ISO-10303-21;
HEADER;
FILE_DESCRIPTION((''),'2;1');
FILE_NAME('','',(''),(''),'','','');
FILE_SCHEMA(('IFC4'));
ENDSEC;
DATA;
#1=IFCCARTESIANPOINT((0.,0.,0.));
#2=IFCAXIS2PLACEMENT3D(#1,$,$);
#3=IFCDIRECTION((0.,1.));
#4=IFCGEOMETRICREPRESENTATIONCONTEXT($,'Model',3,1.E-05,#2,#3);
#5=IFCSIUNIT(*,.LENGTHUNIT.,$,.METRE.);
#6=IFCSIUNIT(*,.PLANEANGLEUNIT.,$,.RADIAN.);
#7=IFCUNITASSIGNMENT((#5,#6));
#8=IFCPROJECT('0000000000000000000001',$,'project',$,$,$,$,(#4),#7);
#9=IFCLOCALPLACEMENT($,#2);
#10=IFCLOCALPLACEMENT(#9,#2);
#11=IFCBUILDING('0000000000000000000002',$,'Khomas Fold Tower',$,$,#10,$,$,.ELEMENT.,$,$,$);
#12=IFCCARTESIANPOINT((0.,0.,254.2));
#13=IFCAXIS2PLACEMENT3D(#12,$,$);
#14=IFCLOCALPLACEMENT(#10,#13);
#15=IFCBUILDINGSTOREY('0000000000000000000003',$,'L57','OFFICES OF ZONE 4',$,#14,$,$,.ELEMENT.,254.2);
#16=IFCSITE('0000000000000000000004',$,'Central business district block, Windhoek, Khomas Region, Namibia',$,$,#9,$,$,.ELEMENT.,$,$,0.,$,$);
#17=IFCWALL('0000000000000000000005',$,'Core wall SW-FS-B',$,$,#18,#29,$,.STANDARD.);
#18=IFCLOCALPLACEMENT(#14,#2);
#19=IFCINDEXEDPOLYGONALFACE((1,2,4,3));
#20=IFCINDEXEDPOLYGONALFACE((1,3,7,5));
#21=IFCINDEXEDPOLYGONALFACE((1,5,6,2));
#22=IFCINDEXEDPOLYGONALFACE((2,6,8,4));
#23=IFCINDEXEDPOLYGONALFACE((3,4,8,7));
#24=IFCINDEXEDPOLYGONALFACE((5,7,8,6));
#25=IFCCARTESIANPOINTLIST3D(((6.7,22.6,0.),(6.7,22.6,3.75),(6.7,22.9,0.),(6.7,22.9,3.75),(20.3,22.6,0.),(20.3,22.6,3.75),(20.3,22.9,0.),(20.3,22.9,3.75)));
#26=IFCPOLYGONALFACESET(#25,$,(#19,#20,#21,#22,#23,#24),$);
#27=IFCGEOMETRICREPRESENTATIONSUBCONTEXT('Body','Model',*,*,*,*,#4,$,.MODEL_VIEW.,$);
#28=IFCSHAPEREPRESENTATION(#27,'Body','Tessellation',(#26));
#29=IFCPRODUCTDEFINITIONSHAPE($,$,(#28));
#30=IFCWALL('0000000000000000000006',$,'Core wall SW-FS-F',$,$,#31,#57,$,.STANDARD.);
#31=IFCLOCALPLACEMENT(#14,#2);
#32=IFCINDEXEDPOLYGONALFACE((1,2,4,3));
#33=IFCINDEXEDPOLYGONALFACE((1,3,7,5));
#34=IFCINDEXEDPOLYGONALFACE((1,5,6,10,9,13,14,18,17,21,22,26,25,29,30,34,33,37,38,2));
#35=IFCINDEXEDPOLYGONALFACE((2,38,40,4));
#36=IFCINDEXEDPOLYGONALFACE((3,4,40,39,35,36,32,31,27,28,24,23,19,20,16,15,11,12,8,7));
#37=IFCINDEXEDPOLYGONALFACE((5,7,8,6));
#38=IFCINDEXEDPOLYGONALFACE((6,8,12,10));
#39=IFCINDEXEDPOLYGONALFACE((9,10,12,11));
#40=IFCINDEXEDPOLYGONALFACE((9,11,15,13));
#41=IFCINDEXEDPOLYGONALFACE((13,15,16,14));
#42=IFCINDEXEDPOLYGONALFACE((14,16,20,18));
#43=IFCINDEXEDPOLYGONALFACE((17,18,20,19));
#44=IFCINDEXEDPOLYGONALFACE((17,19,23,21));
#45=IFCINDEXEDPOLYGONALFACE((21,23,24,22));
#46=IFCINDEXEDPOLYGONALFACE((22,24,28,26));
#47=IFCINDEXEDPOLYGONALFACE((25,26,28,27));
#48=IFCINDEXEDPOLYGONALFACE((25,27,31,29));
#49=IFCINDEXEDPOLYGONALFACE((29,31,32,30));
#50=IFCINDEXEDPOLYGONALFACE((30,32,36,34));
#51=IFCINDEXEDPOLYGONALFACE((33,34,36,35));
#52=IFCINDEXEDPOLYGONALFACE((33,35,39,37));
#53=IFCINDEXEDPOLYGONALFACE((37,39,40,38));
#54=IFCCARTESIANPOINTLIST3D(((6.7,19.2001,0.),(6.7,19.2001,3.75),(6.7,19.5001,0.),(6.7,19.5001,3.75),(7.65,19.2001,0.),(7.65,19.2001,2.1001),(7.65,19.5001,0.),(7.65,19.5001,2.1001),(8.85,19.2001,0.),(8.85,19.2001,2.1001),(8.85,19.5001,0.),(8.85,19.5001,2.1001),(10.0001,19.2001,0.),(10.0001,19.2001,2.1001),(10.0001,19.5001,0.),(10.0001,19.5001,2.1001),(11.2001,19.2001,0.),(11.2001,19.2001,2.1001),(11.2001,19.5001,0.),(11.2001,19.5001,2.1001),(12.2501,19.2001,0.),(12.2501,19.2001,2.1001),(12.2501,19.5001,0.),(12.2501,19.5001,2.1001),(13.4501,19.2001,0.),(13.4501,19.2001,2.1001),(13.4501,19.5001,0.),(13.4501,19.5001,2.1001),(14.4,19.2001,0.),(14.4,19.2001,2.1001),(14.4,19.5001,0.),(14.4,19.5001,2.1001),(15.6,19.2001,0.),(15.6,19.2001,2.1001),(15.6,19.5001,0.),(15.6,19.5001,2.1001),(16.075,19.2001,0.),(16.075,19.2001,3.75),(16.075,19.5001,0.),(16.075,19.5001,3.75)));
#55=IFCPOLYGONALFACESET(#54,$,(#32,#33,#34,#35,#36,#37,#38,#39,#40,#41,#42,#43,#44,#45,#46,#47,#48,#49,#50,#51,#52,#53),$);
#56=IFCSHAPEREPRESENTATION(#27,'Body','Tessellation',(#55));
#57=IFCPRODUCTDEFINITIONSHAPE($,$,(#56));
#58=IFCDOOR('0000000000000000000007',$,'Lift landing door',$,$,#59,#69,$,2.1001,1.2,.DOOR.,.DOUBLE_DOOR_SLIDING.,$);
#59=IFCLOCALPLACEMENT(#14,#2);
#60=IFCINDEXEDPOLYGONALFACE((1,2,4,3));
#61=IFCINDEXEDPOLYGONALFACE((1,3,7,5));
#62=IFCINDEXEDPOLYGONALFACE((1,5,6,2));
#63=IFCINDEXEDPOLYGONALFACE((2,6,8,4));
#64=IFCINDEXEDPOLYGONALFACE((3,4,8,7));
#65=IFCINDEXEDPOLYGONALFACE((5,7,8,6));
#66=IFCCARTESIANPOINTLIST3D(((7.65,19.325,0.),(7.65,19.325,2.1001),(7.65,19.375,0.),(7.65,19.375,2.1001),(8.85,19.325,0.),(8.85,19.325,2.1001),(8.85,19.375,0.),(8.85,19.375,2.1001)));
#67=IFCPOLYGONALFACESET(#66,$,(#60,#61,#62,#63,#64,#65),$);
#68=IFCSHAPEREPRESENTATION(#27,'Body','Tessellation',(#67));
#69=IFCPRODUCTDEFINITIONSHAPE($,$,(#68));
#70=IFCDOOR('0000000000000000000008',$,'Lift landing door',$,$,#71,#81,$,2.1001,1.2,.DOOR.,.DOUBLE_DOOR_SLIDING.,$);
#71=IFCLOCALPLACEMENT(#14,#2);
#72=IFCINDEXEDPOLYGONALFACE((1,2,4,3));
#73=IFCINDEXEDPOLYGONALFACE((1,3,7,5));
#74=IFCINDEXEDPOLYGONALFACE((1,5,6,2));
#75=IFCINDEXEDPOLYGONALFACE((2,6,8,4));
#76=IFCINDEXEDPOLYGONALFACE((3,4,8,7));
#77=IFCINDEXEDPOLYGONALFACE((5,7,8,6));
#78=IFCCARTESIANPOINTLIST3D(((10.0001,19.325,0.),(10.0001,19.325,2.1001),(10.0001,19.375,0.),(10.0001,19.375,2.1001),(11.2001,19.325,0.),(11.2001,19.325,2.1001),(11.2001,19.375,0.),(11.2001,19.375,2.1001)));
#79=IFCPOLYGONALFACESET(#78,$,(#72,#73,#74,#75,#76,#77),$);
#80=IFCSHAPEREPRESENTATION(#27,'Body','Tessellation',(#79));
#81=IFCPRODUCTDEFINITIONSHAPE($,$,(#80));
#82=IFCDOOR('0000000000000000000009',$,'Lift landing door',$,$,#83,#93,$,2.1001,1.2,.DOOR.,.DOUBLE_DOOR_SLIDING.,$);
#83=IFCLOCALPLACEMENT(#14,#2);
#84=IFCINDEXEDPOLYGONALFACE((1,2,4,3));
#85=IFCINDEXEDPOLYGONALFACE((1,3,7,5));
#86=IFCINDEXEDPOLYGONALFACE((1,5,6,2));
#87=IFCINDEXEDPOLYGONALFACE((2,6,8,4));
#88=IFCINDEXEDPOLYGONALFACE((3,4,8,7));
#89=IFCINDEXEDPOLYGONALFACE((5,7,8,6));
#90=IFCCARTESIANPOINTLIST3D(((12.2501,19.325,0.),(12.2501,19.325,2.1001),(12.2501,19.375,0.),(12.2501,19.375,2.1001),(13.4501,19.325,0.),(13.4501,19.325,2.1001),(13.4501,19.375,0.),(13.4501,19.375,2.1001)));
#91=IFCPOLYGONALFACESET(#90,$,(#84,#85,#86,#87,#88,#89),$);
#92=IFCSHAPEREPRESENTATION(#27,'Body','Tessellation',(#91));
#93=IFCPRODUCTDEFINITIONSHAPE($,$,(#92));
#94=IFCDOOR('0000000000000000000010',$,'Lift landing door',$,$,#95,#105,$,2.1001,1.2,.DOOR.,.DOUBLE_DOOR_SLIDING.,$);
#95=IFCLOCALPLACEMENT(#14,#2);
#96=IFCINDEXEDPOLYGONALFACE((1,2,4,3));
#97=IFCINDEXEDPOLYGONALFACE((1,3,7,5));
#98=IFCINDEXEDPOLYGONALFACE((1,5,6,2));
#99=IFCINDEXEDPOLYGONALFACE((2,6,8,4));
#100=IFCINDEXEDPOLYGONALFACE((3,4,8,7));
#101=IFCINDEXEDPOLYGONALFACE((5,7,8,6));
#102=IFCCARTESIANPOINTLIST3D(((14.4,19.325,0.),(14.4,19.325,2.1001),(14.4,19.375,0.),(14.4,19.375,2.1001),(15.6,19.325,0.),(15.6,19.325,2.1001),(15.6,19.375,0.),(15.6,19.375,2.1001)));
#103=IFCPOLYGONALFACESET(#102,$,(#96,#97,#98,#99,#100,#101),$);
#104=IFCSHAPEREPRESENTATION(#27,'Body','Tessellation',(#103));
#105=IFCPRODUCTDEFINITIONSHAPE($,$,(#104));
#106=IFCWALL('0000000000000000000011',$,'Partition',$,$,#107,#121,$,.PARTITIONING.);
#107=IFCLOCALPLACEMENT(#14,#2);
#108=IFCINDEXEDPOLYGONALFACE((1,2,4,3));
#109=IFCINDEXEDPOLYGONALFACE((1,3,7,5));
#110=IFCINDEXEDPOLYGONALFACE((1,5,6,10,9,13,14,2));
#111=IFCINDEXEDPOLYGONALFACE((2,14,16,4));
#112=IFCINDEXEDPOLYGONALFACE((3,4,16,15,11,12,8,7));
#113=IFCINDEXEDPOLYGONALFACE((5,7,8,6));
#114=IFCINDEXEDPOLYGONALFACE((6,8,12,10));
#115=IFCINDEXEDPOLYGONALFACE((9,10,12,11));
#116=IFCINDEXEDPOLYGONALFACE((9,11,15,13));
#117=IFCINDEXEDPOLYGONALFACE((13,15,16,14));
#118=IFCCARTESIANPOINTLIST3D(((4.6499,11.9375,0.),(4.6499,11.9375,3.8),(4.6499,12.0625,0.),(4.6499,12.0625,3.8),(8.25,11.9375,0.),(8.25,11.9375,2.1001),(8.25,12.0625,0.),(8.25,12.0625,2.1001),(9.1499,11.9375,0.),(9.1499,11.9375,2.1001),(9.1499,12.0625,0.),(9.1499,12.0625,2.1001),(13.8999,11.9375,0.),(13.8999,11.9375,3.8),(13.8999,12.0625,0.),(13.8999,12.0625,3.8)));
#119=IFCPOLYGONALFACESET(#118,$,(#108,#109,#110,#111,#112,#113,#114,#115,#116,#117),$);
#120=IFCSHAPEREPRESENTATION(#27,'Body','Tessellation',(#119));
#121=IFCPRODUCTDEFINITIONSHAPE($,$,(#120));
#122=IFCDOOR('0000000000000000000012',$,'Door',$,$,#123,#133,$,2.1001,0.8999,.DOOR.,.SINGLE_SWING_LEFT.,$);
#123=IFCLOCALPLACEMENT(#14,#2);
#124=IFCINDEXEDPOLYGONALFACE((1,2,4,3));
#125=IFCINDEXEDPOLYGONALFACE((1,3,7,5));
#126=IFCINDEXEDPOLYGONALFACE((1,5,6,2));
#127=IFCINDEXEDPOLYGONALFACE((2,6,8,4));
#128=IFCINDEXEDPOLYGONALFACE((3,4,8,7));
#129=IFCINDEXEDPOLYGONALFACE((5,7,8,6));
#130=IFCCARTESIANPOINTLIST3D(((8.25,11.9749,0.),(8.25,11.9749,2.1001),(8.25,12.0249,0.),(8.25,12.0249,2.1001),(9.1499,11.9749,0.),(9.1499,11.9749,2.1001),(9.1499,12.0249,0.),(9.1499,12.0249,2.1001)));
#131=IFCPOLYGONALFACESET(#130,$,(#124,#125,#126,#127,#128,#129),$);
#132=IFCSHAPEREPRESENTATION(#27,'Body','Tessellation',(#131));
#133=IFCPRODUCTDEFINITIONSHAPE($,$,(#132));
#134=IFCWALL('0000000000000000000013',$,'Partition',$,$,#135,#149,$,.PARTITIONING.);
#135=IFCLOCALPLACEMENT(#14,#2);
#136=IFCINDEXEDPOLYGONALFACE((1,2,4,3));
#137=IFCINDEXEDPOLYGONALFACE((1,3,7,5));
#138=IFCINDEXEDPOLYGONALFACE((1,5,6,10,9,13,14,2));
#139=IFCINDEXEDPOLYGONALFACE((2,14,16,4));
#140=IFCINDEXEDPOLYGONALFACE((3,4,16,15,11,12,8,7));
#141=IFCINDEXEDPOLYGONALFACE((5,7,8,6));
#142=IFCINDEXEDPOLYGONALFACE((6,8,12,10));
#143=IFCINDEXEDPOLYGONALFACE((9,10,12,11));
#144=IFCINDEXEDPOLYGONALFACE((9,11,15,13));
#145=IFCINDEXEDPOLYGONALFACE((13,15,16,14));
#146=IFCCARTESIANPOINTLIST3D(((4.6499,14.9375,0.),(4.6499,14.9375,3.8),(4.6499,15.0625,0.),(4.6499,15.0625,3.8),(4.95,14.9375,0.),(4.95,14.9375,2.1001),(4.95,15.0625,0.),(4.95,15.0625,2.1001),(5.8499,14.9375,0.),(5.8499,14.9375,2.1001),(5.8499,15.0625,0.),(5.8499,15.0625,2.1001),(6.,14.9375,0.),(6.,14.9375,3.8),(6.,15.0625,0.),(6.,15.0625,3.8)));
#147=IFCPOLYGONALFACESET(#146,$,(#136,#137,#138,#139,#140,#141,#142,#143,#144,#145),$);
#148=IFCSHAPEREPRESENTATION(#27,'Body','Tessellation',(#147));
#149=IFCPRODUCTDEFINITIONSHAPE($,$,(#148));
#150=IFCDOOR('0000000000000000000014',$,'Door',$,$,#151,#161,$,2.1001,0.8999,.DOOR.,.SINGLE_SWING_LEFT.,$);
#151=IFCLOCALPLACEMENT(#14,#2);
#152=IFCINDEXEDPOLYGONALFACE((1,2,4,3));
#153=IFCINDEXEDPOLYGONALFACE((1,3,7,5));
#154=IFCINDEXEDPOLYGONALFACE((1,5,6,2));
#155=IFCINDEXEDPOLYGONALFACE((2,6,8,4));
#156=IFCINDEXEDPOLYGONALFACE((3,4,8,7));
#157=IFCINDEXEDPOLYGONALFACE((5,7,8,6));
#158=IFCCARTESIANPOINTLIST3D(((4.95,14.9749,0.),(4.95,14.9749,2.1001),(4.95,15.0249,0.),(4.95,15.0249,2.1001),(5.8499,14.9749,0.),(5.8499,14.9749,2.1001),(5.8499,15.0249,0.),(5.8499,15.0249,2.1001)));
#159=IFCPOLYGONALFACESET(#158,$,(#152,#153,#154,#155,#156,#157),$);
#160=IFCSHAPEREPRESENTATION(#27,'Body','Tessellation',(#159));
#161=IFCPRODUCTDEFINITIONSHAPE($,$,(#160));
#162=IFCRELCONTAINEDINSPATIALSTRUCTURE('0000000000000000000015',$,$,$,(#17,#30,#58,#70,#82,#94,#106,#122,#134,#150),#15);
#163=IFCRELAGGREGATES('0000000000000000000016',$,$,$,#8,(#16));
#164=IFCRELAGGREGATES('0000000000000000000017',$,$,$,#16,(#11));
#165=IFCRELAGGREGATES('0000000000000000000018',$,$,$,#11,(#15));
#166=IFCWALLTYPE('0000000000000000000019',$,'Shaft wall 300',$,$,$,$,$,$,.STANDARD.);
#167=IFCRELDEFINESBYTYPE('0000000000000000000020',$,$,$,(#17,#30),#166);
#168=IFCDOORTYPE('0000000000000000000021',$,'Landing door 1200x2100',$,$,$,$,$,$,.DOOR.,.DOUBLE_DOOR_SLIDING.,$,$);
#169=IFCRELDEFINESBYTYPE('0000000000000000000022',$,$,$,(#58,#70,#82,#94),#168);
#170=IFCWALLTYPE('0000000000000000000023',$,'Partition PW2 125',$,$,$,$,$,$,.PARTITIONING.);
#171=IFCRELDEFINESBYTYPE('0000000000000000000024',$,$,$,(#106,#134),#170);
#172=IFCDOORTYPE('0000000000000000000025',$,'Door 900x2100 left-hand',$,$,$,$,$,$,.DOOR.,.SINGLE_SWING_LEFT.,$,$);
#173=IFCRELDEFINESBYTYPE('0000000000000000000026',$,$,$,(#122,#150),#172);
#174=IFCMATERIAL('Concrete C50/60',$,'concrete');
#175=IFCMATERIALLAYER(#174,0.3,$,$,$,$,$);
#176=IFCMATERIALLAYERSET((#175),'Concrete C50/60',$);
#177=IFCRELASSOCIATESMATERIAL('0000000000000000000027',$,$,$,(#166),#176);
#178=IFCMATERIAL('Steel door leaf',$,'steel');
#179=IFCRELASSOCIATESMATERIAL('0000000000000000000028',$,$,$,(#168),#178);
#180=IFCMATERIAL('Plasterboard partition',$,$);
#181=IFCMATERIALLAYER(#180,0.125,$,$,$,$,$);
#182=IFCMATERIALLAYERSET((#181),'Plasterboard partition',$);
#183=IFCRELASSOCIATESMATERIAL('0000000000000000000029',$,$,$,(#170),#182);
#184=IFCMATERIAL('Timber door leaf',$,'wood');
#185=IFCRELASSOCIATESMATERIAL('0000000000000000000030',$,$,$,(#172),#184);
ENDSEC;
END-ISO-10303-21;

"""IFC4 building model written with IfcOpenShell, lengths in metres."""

from ifc_helpers import new_model, si_unit, direction, frame, frame_2d, origin, place, context, subcontext, project, spatial, rectangle, extrude, source, transform, mapped, material, layer, layer_set, type_object, element, fill, save


model = new_model("IFC4")

# Units and contexts
model_context = context("Model", 3, precision=1e-05, world=origin(), true_north=direction((0.0, 1.0)))
body_context = subcontext(model_context, "Body", "Model", "MODEL_VIEW")
ifc_project = project(units=[si_unit("LENGTHUNIT", "METRE"), si_unit("PLANEANGLEUNIT", "RADIAN")], contexts=[model_context])

# Site, building, storey
site_placement = place(None, origin())
site = spatial("IfcSite", under=ifc_project, at=site_placement, Name="Central business district block, Windhoek, Khomas Region, Namibia", CompositionType="ELEMENT", RefElevation=0.0)
building_placement = place(site_placement, origin())
building = spatial("IfcBuilding", under=site, at=building_placement, Name="Khomas Fold Tower", CompositionType="ELEMENT")
storey_placement = place(building_placement, frame((0.0, 0.0, 254.2)))
storey = spatial("IfcBuildingStorey", under=building, at=storey_placement, Name="L57", Description="OFFICES OF ZONE 4", CompositionType="ELEMENT", Elevation=254.2)

# Wall
ifc_material_1 = material(Name="Concrete C50/60", Category="concrete")
ifc_layer_1 = layer(ifc_material_1, 0.3)
ifc_layer_set_1 = layer_set([ifc_layer_1], Name="Concrete C50/60")
wall_type_1 = type_object("IfcWallType", Name="Shaft wall 300", PredefinedType="STANDARD", material=ifc_layer_set_1)
shared_shape_1 = source(origin(), body_context, "Body", "SweptSolid", [
    extrude(rectangle(XDim=13.6001, YDim=0.3, at=frame_2d((6.8, 0.0))), origin(), (0.0, 0.0, 1.0), 3.75),
])
wall_1_placement = place(storey_placement, frame((6.7, 22.75, 0.0), z_axis=(0.0, 0.0, 1.0), x_axis=(1.0, 0.0, 0.0)))
element("IfcWall", 1, at=wall_1_placement, inside=storey, type_object=wall_type_1, Name="Core wall SW-FS-B", PredefinedType="STANDARD", context=body_context, shape_type="MappedRepresentation", body=[
    mapped(shared_shape_1, transform((0.0, 0.0, 0.0))),
])

# Wall, openings, doors
shared_shape_2 = source(origin(), body_context, "Body", "SweptSolid", [
    extrude(rectangle(XDim=9.375, YDim=0.3, at=frame_2d((4.6875, 0.0))), origin(), (0.0, 0.0, 1.0), 3.75),
])
wall_2_placement = place(storey_placement, frame((6.7, 19.3501, 0.0), z_axis=(0.0, 0.0, 1.0), x_axis=(1.0, 0.0, 0.0)))
wall_2 = element("IfcWall", 2, at=wall_2_placement, inside=storey, type_object=wall_type_1, Name="Core wall SW-FS-F", PredefinedType="STANDARD", context=body_context, shape_type="MappedRepresentation", body=[
    mapped(shared_shape_2, transform((0.0, 0.0, 0.0))),
])
shared_shape_3 = source(origin(), body_context, "Body", "SweptSolid", [
    extrude(rectangle(XDim=1.2, YDim=2.1001, at=frame_2d((0.6001, 1.05))), frame((0.0, 0.1599, 0.0), z_axis=(0.0, -1.0, 0.0), x_axis=(1.0, 0.0, 0.0)), (0.0, 0.0, 1.0), 0.3201),
])
opening_1_placement = place(wall_2_placement, frame((0.95, 0.0, 0.0)))
opening_1 = element("IfcOpeningElement", 3, at=opening_1_placement, cuts=wall_2, PredefinedType="OPENING", context=body_context, shape_type="MappedRepresentation", body=[
    mapped(shared_shape_3, transform((0.0, 0.0, 0.0))),
])
opening_2_placement = place(wall_2_placement, frame((3.3, 0.0, 0.0)))
opening_2 = element("IfcOpeningElement", 4, at=opening_2_placement, cuts=wall_2, PredefinedType="OPENING", context=body_context, shape_type="MappedRepresentation", body=[
    mapped(shared_shape_3, transform((0.0, 0.0, 0.0))),
])
opening_3_placement = place(wall_2_placement, frame((5.55, 0.0, 0.0)))
opening_3 = element("IfcOpeningElement", 5, at=opening_3_placement, cuts=wall_2, PredefinedType="OPENING", context=body_context, shape_type="MappedRepresentation", body=[
    mapped(shared_shape_3, transform((0.0, 0.0, 0.0))),
])
opening_4_placement = place(wall_2_placement, frame((7.7, 0.0, 0.0)))
opening_4 = element("IfcOpeningElement", 6, at=opening_4_placement, cuts=wall_2, PredefinedType="OPENING", context=body_context, shape_type="MappedRepresentation", body=[
    mapped(shared_shape_3, transform((0.0, 0.0, 0.0))),
])
ifc_material_2 = material(Name="Steel door leaf", Category="steel")
door_type_1 = type_object("IfcDoorType", Name="Landing door 1200x2100", OperationType="DOUBLE_DOOR_SLIDING", PredefinedType="DOOR", material=ifc_material_2)
shared_shape_4 = source(origin(), body_context, "Body", "SweptSolid", [
    extrude(rectangle(XDim=1.2, YDim=2.1001, at=frame_2d((0.6001, 1.05))), frame((0.0, 0.0249, 0.0), z_axis=(0.0, -1.0, 0.0), x_axis=(1.0, 0.0, 0.0)), (0.0, 0.0, 1.0), 0.05),
])
door_1_placement = place(opening_1_placement, origin())
door_1 = element("IfcDoor", 7, at=door_1_placement, inside=storey, type_object=door_type_1, Name="Lift landing door", OperationType="DOUBLE_DOOR_SLIDING", OverallHeight=2.1001, OverallWidth=1.2, PredefinedType="DOOR", context=body_context, shape_type="MappedRepresentation", body=[
    mapped(shared_shape_4, transform((0.0, 0.0, 0.0))),
])
fill(opening_1, door_1)
door_2_placement = place(opening_2_placement, origin())
door_2 = element("IfcDoor", 8, at=door_2_placement, inside=storey, type_object=door_type_1, Name="Lift landing door", OperationType="DOUBLE_DOOR_SLIDING", OverallHeight=2.1001, OverallWidth=1.2, PredefinedType="DOOR", context=body_context, shape_type="MappedRepresentation", body=[
    mapped(shared_shape_4, transform((0.0, 0.0, 0.0))),
])
fill(opening_2, door_2)
door_3_placement = place(opening_3_placement, origin())
door_3 = element("IfcDoor", 9, at=door_3_placement, inside=storey, type_object=door_type_1, Name="Lift landing door", OperationType="DOUBLE_DOOR_SLIDING", OverallHeight=2.1001, OverallWidth=1.2, PredefinedType="DOOR", context=body_context, shape_type="MappedRepresentation", body=[
    mapped(shared_shape_4, transform((0.0, 0.0, 0.0))),
])
fill(opening_3, door_3)
door_4_placement = place(opening_4_placement, origin())
door_4 = element("IfcDoor", 10, at=door_4_placement, inside=storey, type_object=door_type_1, Name="Lift landing door", OperationType="DOUBLE_DOOR_SLIDING", OverallHeight=2.1001, OverallWidth=1.2, PredefinedType="DOOR", context=body_context, shape_type="MappedRepresentation", body=[
    mapped(shared_shape_4, transform((0.0, 0.0, 0.0))),
])
fill(opening_4, door_4)

# Walls, openings, doors
ifc_material_3 = material(Name="Plasterboard partition")
ifc_layer_2 = layer(ifc_material_3, 0.125)
ifc_layer_set_2 = layer_set([ifc_layer_2], Name="Plasterboard partition")
wall_type_2 = type_object("IfcWallType", Name="Partition PW2 125", PredefinedType="PARTITIONING", material=ifc_layer_set_2)
shared_shape_5 = source(origin(), body_context, "Body", "SweptSolid", [
    extrude(rectangle(XDim=9.25, YDim=0.125, at=frame_2d((4.625, 0.0))), origin(), (0.0, 0.0, 1.0), 3.8),
])
wall_3_placement = place(storey_placement, frame((4.6499, 12.0, 0.0), z_axis=(0.0, 0.0, 1.0), x_axis=(1.0, 0.0, 0.0)))
wall_3 = element("IfcWall", 11, at=wall_3_placement, inside=storey, type_object=wall_type_2, Name="Partition", PredefinedType="PARTITIONING", context=body_context, shape_type="MappedRepresentation", body=[
    mapped(shared_shape_5, transform((0.0, 0.0, 0.0))),
])
shared_shape_6 = source(origin(), body_context, "Body", "SweptSolid", [
    extrude(rectangle(XDim=0.8999, YDim=2.1001, at=frame_2d((0.45, 1.05))), frame((0.0, 0.0725, 0.0), z_axis=(0.0, -1.0, 0.0), x_axis=(1.0, 0.0, 0.0)), (0.0, 0.0, 1.0), 0.145),
])
opening_5_placement = place(wall_3_placement, frame((3.6001, 0.0, 0.0)))
opening_5 = element("IfcOpeningElement", 12, at=opening_5_placement, cuts=wall_3, PredefinedType="OPENING", context=body_context, shape_type="MappedRepresentation", body=[
    mapped(shared_shape_6, transform((0.0, 0.0, 0.0))),
])
ifc_material_4 = material(Name="Timber door leaf", Category="wood")
door_type_2 = type_object("IfcDoorType", Name="Door 900x2100 left-hand", OperationType="SINGLE_SWING_LEFT", PredefinedType="DOOR", material=ifc_material_4)
shared_shape_7 = source(origin(), body_context, "Body", "SweptSolid", [
    extrude(rectangle(XDim=0.8999, YDim=2.1001, at=frame_2d((0.45, 1.05))), frame((0.0, 0.0249, 0.0), z_axis=(0.0, -1.0, 0.0), x_axis=(1.0, 0.0, 0.0)), (0.0, 0.0, 1.0), 0.05),
])
door_5_placement = place(opening_5_placement, origin())
door_5 = element("IfcDoor", 13, at=door_5_placement, inside=storey, type_object=door_type_2, Name="Door", OperationType="SINGLE_SWING_LEFT", OverallHeight=2.1001, OverallWidth=0.8999, PredefinedType="DOOR", context=body_context, shape_type="MappedRepresentation", body=[
    mapped(shared_shape_7, transform((0.0, 0.0, 0.0))),
])
fill(opening_5, door_5)
shared_shape_8 = source(origin(), body_context, "Body", "SweptSolid", [
    extrude(rectangle(XDim=1.3501, YDim=0.125, at=frame_2d((0.675, 0.0))), origin(), (0.0, 0.0, 1.0), 3.8),
])
wall_4_placement = place(storey_placement, frame((4.6499, 15.0, 0.0), z_axis=(0.0, 0.0, 1.0), x_axis=(1.0, 0.0, 0.0)))
wall_4 = element("IfcWall", 14, at=wall_4_placement, inside=storey, type_object=wall_type_2, Name="Partition", PredefinedType="PARTITIONING", context=body_context, shape_type="MappedRepresentation", body=[
    mapped(shared_shape_8, transform((0.0, 0.0, 0.0))),
])
opening_6_placement = place(wall_4_placement, frame((0.3, 0.0, 0.0)))
opening_6 = element("IfcOpeningElement", 15, at=opening_6_placement, cuts=wall_4, PredefinedType="OPENING", context=body_context, shape_type="MappedRepresentation", body=[
    mapped(shared_shape_6, transform((0.0, 0.0, 0.0))),
])
door_6_placement = place(opening_6_placement, origin())
door_6 = element("IfcDoor", 16, at=door_6_placement, inside=storey, type_object=door_type_2, Name="Door", OperationType="SINGLE_SWING_LEFT", OverallHeight=2.1001, OverallWidth=0.8999, PredefinedType="DOOR", context=body_context, shape_type="MappedRepresentation", body=[
    mapped(shared_shape_7, transform((0.0, 0.0, 0.0))),
])
fill(opening_6, door_6)

save(model, "model.ifc")
